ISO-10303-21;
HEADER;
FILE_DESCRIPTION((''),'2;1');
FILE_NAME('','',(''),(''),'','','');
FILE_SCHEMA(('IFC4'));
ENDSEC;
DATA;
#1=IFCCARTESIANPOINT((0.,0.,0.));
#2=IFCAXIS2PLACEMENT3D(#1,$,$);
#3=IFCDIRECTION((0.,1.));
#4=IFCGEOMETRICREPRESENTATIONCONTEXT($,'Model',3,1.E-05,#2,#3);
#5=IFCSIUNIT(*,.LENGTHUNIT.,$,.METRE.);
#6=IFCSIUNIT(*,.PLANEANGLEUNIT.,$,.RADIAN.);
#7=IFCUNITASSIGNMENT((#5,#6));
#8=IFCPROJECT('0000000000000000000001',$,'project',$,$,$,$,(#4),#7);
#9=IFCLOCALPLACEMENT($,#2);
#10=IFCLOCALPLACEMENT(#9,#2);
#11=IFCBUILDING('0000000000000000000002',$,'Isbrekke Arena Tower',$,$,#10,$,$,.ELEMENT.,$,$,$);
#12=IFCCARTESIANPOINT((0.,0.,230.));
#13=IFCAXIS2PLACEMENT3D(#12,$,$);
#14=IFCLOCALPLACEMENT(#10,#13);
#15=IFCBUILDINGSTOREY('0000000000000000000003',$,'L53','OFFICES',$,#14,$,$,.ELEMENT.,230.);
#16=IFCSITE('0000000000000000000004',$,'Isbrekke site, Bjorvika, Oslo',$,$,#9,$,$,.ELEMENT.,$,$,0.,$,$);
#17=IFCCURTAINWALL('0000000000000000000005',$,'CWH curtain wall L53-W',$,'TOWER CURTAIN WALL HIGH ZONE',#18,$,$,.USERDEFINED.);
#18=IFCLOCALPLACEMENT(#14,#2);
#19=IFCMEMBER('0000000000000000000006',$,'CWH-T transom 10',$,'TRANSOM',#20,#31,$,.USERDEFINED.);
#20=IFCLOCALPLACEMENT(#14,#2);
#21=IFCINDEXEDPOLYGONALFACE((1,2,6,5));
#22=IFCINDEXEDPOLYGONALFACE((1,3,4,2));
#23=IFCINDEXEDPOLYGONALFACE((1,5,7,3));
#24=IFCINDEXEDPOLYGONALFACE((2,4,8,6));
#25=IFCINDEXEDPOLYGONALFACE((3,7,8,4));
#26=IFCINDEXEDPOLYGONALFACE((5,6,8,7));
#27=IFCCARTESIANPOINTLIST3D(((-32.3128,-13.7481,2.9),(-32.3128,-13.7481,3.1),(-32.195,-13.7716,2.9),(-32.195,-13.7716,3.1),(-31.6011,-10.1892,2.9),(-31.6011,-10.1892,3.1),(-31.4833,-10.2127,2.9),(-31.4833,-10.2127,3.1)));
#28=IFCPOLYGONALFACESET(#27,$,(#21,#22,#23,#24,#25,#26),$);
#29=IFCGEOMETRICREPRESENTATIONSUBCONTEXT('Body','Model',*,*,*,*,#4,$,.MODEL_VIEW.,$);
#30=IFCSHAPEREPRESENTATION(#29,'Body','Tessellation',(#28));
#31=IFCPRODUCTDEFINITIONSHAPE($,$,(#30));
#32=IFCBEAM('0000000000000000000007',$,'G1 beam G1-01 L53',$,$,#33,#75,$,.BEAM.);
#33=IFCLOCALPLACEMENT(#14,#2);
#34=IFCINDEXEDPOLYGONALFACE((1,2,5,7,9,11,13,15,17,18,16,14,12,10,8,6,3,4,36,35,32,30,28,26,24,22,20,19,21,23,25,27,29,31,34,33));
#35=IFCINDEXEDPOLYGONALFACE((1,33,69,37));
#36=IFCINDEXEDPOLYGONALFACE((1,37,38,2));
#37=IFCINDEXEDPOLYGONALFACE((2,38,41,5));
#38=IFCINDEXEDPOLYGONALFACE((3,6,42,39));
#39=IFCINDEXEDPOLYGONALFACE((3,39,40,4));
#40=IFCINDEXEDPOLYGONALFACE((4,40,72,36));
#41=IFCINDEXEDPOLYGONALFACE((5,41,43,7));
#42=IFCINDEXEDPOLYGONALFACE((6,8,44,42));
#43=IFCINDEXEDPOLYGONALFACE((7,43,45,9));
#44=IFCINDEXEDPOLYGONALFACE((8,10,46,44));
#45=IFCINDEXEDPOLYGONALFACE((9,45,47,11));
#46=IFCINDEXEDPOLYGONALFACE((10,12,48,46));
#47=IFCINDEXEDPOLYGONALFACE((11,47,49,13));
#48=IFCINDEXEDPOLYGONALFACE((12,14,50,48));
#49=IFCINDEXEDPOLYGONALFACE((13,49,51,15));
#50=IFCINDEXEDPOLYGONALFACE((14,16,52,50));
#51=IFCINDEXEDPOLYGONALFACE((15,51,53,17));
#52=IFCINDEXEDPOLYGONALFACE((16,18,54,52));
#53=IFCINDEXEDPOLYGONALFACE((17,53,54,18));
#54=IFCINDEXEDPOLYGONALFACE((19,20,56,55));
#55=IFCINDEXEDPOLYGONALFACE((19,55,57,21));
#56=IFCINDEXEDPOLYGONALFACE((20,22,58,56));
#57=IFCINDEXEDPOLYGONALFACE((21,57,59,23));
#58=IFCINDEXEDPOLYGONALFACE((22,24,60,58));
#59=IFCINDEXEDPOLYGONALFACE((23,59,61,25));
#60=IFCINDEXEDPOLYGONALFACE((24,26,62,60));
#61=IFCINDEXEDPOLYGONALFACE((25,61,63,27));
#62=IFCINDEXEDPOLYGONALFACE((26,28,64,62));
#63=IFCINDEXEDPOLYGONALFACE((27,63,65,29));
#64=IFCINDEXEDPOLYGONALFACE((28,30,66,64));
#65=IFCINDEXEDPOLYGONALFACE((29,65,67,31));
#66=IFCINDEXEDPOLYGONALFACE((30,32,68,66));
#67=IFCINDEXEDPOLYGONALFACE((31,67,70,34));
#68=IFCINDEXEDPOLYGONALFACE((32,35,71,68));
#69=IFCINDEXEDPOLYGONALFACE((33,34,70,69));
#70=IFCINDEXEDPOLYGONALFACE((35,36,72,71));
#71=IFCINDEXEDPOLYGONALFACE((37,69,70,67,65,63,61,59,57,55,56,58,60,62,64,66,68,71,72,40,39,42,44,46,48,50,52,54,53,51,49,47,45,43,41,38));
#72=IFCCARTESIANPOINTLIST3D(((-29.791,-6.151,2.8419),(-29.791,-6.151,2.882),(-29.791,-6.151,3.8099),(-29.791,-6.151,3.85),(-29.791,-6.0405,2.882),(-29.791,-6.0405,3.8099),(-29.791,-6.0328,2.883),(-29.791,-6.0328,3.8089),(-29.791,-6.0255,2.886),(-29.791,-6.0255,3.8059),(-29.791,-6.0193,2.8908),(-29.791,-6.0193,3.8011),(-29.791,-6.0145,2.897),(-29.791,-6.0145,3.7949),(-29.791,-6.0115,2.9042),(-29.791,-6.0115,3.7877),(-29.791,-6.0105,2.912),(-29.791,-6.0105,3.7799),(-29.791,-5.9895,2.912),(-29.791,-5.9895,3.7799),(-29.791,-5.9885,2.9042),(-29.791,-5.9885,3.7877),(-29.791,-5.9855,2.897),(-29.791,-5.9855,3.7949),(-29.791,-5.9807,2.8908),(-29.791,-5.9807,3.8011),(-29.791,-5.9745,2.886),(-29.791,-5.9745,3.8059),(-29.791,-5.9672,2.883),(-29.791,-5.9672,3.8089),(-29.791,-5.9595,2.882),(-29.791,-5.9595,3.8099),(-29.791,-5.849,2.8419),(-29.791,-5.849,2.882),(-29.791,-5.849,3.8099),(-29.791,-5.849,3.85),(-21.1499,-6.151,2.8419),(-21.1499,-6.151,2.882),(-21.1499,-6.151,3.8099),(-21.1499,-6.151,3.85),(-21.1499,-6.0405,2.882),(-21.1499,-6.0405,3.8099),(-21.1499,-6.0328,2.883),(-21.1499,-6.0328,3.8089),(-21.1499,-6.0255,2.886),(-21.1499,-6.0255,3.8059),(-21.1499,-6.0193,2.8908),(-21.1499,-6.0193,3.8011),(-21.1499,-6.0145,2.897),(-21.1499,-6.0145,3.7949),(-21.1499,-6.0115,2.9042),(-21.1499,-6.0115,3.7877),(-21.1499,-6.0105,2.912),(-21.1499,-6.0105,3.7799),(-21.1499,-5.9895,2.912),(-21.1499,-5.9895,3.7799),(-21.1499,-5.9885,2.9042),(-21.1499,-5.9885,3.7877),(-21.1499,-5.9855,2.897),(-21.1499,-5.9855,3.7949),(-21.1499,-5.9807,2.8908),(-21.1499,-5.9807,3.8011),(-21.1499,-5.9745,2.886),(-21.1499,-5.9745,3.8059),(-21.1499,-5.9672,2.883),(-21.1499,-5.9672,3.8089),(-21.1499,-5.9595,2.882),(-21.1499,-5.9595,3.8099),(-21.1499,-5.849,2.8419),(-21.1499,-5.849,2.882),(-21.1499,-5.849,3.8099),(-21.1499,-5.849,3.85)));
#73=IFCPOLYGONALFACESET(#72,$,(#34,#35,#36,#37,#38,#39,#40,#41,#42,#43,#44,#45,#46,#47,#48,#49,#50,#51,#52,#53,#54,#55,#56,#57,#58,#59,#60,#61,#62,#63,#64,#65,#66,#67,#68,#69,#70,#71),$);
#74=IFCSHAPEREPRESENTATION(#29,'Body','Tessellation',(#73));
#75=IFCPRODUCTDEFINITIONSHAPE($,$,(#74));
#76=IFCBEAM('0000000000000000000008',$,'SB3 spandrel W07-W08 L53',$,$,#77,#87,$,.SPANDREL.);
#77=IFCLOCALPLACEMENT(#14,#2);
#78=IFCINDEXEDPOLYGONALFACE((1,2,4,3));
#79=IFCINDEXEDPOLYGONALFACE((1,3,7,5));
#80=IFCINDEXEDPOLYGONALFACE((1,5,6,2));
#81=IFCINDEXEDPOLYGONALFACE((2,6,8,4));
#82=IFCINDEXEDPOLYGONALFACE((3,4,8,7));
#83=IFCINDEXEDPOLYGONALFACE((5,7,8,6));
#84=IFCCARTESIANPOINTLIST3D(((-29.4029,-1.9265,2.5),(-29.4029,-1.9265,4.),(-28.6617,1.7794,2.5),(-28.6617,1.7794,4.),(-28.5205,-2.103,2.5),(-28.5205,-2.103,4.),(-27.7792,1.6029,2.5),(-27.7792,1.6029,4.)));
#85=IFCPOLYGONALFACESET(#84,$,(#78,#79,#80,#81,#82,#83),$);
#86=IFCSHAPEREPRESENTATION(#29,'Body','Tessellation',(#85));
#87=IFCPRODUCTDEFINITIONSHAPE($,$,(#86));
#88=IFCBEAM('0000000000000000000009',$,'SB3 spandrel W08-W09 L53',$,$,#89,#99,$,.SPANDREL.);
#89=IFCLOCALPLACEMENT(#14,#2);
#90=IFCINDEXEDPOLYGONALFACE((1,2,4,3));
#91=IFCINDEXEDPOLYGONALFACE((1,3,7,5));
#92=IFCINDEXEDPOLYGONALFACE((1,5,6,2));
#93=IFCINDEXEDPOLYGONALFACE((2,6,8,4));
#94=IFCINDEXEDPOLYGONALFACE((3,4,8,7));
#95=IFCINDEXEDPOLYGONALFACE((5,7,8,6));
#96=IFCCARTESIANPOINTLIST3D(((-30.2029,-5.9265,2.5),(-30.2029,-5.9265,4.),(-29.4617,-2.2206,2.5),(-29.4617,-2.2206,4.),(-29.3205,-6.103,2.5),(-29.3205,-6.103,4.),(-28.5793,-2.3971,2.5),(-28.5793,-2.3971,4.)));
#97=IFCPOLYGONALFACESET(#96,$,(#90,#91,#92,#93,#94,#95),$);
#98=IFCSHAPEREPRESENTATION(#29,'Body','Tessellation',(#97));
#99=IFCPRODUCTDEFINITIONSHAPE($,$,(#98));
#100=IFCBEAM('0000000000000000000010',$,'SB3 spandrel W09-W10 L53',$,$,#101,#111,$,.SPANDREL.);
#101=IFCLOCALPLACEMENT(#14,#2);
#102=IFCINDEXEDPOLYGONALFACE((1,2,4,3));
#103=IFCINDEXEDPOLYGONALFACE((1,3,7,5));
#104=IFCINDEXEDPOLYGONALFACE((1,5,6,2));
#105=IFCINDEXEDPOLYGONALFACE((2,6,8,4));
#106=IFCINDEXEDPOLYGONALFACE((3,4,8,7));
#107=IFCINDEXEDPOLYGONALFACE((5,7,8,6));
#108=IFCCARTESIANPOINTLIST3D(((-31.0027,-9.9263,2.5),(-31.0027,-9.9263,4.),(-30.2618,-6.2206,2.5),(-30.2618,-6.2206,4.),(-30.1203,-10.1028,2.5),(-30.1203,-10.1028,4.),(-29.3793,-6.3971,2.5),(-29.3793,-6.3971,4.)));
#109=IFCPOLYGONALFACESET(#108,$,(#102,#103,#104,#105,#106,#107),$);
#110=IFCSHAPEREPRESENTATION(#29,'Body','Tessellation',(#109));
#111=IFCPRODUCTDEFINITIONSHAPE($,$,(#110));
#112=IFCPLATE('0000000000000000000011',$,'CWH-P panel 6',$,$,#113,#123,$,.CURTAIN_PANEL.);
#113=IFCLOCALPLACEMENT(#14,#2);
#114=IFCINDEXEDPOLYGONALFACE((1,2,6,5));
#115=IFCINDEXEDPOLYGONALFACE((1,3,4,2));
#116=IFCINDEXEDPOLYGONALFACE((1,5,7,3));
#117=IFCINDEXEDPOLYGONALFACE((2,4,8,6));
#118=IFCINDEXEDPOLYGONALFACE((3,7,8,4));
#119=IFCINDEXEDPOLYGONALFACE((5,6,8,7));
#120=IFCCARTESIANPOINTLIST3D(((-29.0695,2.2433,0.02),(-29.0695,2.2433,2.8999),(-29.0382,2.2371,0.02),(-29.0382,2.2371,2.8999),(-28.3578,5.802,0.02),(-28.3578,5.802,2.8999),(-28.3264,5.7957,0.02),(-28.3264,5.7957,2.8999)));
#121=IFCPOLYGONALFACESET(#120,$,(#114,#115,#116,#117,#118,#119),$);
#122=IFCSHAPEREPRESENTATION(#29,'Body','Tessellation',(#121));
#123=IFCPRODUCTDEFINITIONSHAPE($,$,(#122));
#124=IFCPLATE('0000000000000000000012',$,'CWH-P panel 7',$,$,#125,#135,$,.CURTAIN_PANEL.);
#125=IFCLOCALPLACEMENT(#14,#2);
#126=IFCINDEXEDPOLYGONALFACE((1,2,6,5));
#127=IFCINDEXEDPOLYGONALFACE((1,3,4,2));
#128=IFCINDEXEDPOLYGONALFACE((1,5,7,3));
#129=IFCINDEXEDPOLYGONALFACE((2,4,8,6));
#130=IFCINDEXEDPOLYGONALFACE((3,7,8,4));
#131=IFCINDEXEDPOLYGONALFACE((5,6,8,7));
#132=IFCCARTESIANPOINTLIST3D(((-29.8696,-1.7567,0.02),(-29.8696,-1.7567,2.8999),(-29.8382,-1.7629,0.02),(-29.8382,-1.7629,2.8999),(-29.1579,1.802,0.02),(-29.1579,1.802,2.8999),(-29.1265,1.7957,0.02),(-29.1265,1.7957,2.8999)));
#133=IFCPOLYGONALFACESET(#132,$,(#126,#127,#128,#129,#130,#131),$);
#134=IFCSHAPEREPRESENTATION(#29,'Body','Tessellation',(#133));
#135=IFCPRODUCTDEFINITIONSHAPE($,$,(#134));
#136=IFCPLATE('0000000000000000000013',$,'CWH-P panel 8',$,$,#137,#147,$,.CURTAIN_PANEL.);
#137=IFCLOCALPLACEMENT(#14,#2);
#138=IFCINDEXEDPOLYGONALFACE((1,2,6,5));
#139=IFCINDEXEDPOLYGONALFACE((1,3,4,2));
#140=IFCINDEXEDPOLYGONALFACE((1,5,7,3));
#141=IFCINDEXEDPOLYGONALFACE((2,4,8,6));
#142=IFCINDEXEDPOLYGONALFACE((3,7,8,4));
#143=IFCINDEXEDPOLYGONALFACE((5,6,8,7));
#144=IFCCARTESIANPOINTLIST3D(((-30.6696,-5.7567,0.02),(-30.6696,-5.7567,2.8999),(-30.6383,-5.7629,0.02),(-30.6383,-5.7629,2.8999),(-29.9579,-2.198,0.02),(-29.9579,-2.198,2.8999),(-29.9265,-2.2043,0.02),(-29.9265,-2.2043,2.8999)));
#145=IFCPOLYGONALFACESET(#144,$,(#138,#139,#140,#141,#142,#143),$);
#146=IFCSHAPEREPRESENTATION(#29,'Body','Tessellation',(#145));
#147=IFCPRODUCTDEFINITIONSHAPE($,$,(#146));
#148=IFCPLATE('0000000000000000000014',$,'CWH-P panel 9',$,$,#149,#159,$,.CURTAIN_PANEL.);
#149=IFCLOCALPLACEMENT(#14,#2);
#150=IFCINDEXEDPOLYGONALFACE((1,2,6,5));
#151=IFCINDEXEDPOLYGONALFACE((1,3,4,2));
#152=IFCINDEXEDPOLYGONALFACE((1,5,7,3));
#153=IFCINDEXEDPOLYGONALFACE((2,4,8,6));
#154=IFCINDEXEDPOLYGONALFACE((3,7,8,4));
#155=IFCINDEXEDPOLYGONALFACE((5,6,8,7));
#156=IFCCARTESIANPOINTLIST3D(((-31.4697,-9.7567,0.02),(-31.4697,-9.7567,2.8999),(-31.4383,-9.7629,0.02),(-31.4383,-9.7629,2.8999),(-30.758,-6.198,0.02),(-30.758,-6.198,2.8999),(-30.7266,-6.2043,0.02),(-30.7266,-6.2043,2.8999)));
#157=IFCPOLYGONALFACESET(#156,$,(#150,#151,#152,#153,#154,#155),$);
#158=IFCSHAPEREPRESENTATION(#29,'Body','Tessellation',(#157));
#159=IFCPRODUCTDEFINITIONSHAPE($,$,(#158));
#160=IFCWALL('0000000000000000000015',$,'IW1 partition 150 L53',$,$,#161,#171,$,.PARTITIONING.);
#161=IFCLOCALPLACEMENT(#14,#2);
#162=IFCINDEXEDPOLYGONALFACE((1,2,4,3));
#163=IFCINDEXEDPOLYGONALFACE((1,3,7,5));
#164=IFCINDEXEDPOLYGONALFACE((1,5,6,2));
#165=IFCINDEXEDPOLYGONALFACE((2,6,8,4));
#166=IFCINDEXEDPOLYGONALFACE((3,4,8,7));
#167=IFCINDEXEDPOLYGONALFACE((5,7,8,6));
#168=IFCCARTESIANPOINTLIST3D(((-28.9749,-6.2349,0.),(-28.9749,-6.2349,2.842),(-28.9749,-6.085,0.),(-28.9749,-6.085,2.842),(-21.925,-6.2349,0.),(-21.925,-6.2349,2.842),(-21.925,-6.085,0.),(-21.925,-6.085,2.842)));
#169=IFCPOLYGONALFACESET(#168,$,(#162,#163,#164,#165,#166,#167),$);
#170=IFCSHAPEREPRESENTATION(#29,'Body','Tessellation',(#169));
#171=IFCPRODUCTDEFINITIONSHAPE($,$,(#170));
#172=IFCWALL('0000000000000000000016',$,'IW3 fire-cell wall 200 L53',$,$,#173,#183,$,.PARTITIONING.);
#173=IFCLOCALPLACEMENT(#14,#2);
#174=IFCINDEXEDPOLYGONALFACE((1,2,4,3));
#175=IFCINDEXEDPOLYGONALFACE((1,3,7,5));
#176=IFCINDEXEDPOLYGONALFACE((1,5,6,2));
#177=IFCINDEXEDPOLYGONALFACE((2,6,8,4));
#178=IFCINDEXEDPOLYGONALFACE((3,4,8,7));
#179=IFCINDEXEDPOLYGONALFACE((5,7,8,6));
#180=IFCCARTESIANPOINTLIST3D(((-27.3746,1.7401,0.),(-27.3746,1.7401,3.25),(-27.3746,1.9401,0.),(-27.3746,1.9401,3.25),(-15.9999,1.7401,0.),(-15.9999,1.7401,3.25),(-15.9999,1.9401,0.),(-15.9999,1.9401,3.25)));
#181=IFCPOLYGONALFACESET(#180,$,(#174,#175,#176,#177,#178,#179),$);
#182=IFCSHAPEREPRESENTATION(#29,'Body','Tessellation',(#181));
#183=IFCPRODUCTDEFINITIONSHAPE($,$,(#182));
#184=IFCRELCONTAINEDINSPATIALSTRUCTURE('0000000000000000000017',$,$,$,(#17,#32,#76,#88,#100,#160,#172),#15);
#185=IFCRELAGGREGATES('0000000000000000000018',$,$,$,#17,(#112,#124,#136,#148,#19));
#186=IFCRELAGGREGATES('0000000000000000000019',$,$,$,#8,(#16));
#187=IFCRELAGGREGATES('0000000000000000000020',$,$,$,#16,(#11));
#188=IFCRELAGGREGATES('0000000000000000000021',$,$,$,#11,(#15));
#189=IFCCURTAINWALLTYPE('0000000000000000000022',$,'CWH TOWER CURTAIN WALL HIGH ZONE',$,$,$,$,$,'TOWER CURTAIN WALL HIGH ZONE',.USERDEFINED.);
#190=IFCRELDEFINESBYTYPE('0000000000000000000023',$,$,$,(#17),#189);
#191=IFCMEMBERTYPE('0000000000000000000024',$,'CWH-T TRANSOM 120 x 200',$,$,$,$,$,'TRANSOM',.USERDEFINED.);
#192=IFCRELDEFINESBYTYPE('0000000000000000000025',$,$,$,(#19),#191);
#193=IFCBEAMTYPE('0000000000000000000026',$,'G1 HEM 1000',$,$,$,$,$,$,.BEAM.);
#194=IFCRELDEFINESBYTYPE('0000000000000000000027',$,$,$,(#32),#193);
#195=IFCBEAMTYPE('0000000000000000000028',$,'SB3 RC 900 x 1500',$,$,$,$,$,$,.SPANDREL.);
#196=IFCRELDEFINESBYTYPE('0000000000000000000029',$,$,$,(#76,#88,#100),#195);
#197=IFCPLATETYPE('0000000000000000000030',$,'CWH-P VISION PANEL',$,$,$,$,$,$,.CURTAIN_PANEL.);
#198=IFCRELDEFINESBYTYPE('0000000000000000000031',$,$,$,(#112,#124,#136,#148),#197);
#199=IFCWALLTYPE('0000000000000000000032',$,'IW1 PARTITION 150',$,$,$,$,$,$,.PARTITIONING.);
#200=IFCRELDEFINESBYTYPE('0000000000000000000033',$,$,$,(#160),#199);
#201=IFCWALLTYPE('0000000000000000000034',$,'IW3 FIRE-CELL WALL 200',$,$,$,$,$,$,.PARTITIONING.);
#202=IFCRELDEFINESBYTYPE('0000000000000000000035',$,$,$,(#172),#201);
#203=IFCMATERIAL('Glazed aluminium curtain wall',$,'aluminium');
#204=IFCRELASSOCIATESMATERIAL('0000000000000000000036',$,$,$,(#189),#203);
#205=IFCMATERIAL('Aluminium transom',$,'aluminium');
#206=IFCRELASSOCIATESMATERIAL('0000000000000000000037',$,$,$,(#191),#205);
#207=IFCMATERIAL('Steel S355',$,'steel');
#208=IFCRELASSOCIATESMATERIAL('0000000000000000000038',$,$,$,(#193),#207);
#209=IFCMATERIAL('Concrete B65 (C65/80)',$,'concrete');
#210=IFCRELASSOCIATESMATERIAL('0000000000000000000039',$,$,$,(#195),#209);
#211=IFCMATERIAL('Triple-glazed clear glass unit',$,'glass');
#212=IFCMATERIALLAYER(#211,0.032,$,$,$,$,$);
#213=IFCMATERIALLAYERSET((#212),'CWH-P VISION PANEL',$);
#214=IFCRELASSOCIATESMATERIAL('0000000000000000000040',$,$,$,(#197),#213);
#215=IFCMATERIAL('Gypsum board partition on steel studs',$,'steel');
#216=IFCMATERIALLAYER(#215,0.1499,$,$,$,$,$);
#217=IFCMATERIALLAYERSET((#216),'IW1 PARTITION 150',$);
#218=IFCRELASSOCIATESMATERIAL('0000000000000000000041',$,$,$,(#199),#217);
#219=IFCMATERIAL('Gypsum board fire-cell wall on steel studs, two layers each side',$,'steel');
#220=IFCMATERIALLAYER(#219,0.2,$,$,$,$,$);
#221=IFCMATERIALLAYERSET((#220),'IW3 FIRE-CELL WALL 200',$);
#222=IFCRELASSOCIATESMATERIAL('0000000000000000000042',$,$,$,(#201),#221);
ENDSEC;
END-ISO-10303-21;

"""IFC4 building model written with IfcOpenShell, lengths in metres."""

from ifc_helpers import new_model, si_unit, direction, frame, frame_2d, origin, origin_2d, place, context, subcontext, project, spatial, rectangle, i_section, extrude, material, layer, layer_set, material_profile, profile_set, type_object, element, aggregate, save


model = new_model("IFC4")

# Units and contexts
model_context = context("Model", 3, precision=1e-05, world=origin(), true_north=direction((0.0, 1.0)))
body_context = subcontext(model_context, "Body", "Model", "MODEL_VIEW")
ifc_project = project(units=[si_unit("LENGTHUNIT", "METRE"), si_unit("PLANEANGLEUNIT", "RADIAN")], contexts=[model_context])

# Site, building, storey
site_placement = place(None, origin())
site = spatial("IfcSite", under=ifc_project, at=site_placement, Name="Isbrekke site, Bjorvika, Oslo", CompositionType="ELEMENT", RefElevation=0.0)
building_placement = place(site_placement, origin())
building = spatial("IfcBuilding", under=site, at=building_placement, Name="Isbrekke Arena Tower", CompositionType="ELEMENT")
storey_placement = place(building_placement, frame((0.0, 0.0, 230.0)))
storey = spatial("IfcBuildingStorey", under=building, at=storey_placement, Name="L53", Description="OFFICES", CompositionType="ELEMENT", Elevation=230.0)

# Curtain wall, member
ifc_material_1 = material(Name="Glazed aluminium curtain wall", Category="aluminium")
curtain_wall_type = type_object("IfcCurtainWallType", Name="CWH TOWER CURTAIN WALL HIGH ZONE", ElementType="TOWER CURTAIN WALL HIGH ZONE", PredefinedType="USERDEFINED", material=ifc_material_1)
curtain_wall_placement = place(storey_placement, origin())
curtain_wall = element("IfcCurtainWall", 1, at=curtain_wall_placement, inside=storey, type_object=curtain_wall_type, Name="CWH curtain wall L53-W", ObjectType="TOWER CURTAIN WALL HIGH ZONE", PredefinedType="USERDEFINED")
ifc_material_2 = material(Name="Aluminium transom", Category="aluminium")
ifc_material_profile_1 = material_profile(ifc_material_2, rectangle(XDim=0.1201, YDim=0.2, at=origin_2d()), Name="TRANSOM 120X200")
ifc_profile_set_1 = profile_set([ifc_material_profile_1], Name="Aluminium transom")
member_type_1 = type_object("IfcMemberType", Name="CWH-T TRANSOM 120 x 200", ElementType="TRANSOM", PredefinedType="USERDEFINED", material=ifc_profile_set_1)
member_1_placement = place(storey_placement, frame((-31.5422, -10.2009, 3.0), z_axis=(-0.19609, -0.980586, 0.0), x_axis=(0.980586, -0.19609, 0.0)))
member_1 = element("IfcMember", 2, at=member_1_placement, type_object=member_type_1, Name="CWH-T transom 10", ObjectType="TRANSOM", PredefinedType="USERDEFINED", context=body_context, shape_type="SweptSolid", body=[
    extrude(rectangle(XDim=0.1201, YDim=0.2, at=origin_2d()), origin(), (0.0, 0.0, 1.0), 3.6294),
])

# Beams
ifc_material_3 = material(Name="Steel S355", Category="steel")
ifc_material_profile_2 = material_profile(ifc_material_3, i_section(OverallWidth=0.302, OverallDepth=1.0081, WebThickness=0.021, FlangeThickness=0.04, FilletRadius=0.03, at=origin_2d()), Name="HEM 1000")
ifc_profile_set_2 = profile_set([ifc_material_profile_2], Name="Steel S355")
beam_type_1 = type_object("IfcBeamType", Name="G1 HEM 1000", PredefinedType="BEAM", material=ifc_profile_set_2)
beam_1_placement = place(storey_placement, frame((-29.791, -6.0, 3.3459), z_axis=(1.0, 0.0, 0.0), x_axis=(0.0, 1.0, 0.0)))
element("IfcBeam", 3, at=beam_1_placement, inside=storey, type_object=beam_type_1, Name="G1 beam G1-01 L53", PredefinedType="BEAM", context=body_context, shape_type="SweptSolid", body=[
    extrude(i_section(OverallWidth=0.302, OverallDepth=1.0081, WebThickness=0.021, FlangeThickness=0.04, FilletRadius=0.03, at=origin_2d()), origin(), (0.0, 0.0, 1.0), 8.6411),
])
ifc_material_4 = material(Name="Concrete B65 (C65/80)", Category="concrete")
ifc_material_profile_3 = material_profile(ifc_material_4, rectangle(XDim=0.8999, YDim=1.5, at=origin_2d()), Name="RC 900x1500")
ifc_profile_set_3 = profile_set([ifc_material_profile_3], Name="Concrete B65 (C65/80)")
beam_type_2 = type_object("IfcBeamType", Name="SB3 RC 900 x 1500", PredefinedType="SPANDREL", material=ifc_profile_set_3)
for number, where, z_axis, x_axis, name in (
    (4, (-28.2205, 1.6912, 3.25), (-0.196129, -0.980578, 0.0), (0.980578, -0.196129, 0.0), "SB3 spandrel W07-W08 L53"),
    (5, (-29.0205, -2.3088, 3.25), (-0.196129, -0.980578, 0.0), (0.980578, -0.196129, 0.0), "SB3 spandrel W08-W09 L53"),
):
    element("IfcBeam", number, at=place(storey_placement, frame(where, z_axis=z_axis, x_axis=x_axis)), inside=storey, type_object=beam_type_2, Name=name, PredefinedType="SPANDREL", context=body_context, shape_type="SweptSolid", body=[
        extrude(rectangle(XDim=0.8999, YDim=1.5, at=origin_2d()), origin(), (0.0, 0.0, 1.0), 3.7793),
    ])
beam_2_placement = place(storey_placement, frame((-29.8206, -6.3088, 3.25), z_axis=(-0.196066, -0.980591, 0.0), x_axis=(0.980591, -0.196066, 0.0)))
element("IfcBeam", 6, at=beam_2_placement, inside=storey, type_object=beam_type_2, Name="SB3 spandrel W09-W10 L53", PredefinedType="SPANDREL", context=body_context, shape_type="SweptSolid", body=[
    extrude(rectangle(XDim=0.8999, YDim=1.5, at=origin_2d()), origin(), (0.0, 0.0, 1.0), 3.7791),
])

# Plates
ifc_material_5 = material(Name="Triple-glazed clear glass unit", Category="glass")
ifc_layer_1 = layer(ifc_material_5, 0.032)
ifc_layer_set_1 = layer_set([ifc_layer_1], Name="CWH-P VISION PANEL")
plate_type = type_object("IfcPlateType", Name="CWH-P VISION PANEL", PredefinedType="CURTAIN_PANEL", material=ifc_layer_set_1)
plate_1_placement = place(storey_placement, frame((-28.698, 4.0195, 0.02), z_axis=(0.0, 0.0, 1.0), x_axis=(-0.196116, -0.980581, 0.0)))
plate_1 = element("IfcPlate", 7, at=plate_1_placement, type_object=plate_type, Name="CWH-P panel 6", PredefinedType="CURTAIN_PANEL", context=body_context, shape_type="SweptSolid", body=[
    extrude(rectangle(XDim=3.6292, YDim=0.032, at=origin_2d()), origin(), (0.0, 0.0, 1.0), 2.8799),
])
plate_2_placement = place(storey_placement, frame((-29.498, 0.0195, 0.02), z_axis=(0.0, 0.0, 1.0), x_axis=(-0.196116, -0.980581, 0.0)))
plate_2 = element("IfcPlate", 8, at=plate_2_placement, type_object=plate_type, Name="CWH-P panel 7", PredefinedType="CURTAIN_PANEL", context=body_context, shape_type="SweptSolid", body=[
    extrude(rectangle(XDim=3.6292, YDim=0.032, at=origin_2d()), origin(), (0.0, 0.0, 1.0), 2.8799),
])
plate_3_placement = place(storey_placement, frame((-30.2981, -3.9805, 0.02), z_axis=(0.0, 0.0, 1.0), x_axis=(-0.196116, -0.980581, 0.0)))
plate_3 = element("IfcPlate", 9, at=plate_3_placement, type_object=plate_type, Name="CWH-P panel 8", PredefinedType="CURTAIN_PANEL", context=body_context, shape_type="SweptSolid", body=[
    extrude(rectangle(XDim=3.6292, YDim=0.032, at=origin_2d()), origin(), (0.0, 0.0, 1.0), 2.8799),
])
plate_4_placement = place(storey_placement, frame((-31.0981, -7.9805, 0.02), z_axis=(0.0, 0.0, 1.0), x_axis=(-0.196116, -0.980581, 0.0)))
plate_4 = element("IfcPlate", 10, at=plate_4_placement, type_object=plate_type, Name="CWH-P panel 9", PredefinedType="CURTAIN_PANEL", context=body_context, shape_type="SweptSolid", body=[
    extrude(rectangle(XDim=3.6292, YDim=0.032, at=origin_2d()), origin(), (0.0, 0.0, 1.0), 2.8799),
])
aggregate(curtain_wall, [plate_1, plate_2, plate_3, plate_4, member_1])

# Walls
ifc_material_6 = material(Name="Gypsum board partition on steel studs", Category="steel")
ifc_layer_2 = layer(ifc_material_6, 0.1499)
ifc_layer_set_2 = layer_set([ifc_layer_2], Name="IW1 PARTITION 150")
wall_type_1 = type_object("IfcWallType", Name="IW1 PARTITION 150", PredefinedType="PARTITIONING", material=ifc_layer_set_2)
wall_1_placement = place(storey_placement, frame((-28.9749, -6.1599, 0.0), z_axis=(0.0, 0.0, 1.0), x_axis=(1.0, 0.0, 0.0)))
element("IfcWall", 11, at=wall_1_placement, inside=storey, type_object=wall_type_1, Name="IW1 partition 150 L53", PredefinedType="PARTITIONING", context=body_context, shape_type="SweptSolid", body=[
    extrude(rectangle(XDim=7.0498, YDim=0.1499, at=frame_2d((3.5249, 0.0))), origin(), (0.0, 0.0, 1.0), 2.842),
])
ifc_material_7 = material(Name="Gypsum board fire-cell wall on steel studs, two layers each side", Category="steel")
ifc_layer_3 = layer(ifc_material_7, 0.2)
ifc_layer_set_3 = layer_set([ifc_layer_3], Name="IW3 FIRE-CELL WALL 200")
wall_type_2 = type_object("IfcWallType", Name="IW3 FIRE-CELL WALL 200", PredefinedType="PARTITIONING", material=ifc_layer_set_3)
wall_2_placement = place(storey_placement, frame((-27.3748, 1.8401, 0.0), z_axis=(0.0, 0.0, 1.0), x_axis=(1.0, 0.0, 0.0)))
element("IfcWall", 12, at=wall_2_placement, inside=storey, type_object=wall_type_2, Name="IW3 fire-cell wall 200 L53", PredefinedType="PARTITIONING", context=body_context, shape_type="SweptSolid", body=[
    extrude(rectangle(XDim=11.3748, YDim=0.2, at=frame_2d((5.6875, 0.0))), origin(), (0.0, 0.0, 1.0), 3.25),
])

save(model, "model.ifc")
